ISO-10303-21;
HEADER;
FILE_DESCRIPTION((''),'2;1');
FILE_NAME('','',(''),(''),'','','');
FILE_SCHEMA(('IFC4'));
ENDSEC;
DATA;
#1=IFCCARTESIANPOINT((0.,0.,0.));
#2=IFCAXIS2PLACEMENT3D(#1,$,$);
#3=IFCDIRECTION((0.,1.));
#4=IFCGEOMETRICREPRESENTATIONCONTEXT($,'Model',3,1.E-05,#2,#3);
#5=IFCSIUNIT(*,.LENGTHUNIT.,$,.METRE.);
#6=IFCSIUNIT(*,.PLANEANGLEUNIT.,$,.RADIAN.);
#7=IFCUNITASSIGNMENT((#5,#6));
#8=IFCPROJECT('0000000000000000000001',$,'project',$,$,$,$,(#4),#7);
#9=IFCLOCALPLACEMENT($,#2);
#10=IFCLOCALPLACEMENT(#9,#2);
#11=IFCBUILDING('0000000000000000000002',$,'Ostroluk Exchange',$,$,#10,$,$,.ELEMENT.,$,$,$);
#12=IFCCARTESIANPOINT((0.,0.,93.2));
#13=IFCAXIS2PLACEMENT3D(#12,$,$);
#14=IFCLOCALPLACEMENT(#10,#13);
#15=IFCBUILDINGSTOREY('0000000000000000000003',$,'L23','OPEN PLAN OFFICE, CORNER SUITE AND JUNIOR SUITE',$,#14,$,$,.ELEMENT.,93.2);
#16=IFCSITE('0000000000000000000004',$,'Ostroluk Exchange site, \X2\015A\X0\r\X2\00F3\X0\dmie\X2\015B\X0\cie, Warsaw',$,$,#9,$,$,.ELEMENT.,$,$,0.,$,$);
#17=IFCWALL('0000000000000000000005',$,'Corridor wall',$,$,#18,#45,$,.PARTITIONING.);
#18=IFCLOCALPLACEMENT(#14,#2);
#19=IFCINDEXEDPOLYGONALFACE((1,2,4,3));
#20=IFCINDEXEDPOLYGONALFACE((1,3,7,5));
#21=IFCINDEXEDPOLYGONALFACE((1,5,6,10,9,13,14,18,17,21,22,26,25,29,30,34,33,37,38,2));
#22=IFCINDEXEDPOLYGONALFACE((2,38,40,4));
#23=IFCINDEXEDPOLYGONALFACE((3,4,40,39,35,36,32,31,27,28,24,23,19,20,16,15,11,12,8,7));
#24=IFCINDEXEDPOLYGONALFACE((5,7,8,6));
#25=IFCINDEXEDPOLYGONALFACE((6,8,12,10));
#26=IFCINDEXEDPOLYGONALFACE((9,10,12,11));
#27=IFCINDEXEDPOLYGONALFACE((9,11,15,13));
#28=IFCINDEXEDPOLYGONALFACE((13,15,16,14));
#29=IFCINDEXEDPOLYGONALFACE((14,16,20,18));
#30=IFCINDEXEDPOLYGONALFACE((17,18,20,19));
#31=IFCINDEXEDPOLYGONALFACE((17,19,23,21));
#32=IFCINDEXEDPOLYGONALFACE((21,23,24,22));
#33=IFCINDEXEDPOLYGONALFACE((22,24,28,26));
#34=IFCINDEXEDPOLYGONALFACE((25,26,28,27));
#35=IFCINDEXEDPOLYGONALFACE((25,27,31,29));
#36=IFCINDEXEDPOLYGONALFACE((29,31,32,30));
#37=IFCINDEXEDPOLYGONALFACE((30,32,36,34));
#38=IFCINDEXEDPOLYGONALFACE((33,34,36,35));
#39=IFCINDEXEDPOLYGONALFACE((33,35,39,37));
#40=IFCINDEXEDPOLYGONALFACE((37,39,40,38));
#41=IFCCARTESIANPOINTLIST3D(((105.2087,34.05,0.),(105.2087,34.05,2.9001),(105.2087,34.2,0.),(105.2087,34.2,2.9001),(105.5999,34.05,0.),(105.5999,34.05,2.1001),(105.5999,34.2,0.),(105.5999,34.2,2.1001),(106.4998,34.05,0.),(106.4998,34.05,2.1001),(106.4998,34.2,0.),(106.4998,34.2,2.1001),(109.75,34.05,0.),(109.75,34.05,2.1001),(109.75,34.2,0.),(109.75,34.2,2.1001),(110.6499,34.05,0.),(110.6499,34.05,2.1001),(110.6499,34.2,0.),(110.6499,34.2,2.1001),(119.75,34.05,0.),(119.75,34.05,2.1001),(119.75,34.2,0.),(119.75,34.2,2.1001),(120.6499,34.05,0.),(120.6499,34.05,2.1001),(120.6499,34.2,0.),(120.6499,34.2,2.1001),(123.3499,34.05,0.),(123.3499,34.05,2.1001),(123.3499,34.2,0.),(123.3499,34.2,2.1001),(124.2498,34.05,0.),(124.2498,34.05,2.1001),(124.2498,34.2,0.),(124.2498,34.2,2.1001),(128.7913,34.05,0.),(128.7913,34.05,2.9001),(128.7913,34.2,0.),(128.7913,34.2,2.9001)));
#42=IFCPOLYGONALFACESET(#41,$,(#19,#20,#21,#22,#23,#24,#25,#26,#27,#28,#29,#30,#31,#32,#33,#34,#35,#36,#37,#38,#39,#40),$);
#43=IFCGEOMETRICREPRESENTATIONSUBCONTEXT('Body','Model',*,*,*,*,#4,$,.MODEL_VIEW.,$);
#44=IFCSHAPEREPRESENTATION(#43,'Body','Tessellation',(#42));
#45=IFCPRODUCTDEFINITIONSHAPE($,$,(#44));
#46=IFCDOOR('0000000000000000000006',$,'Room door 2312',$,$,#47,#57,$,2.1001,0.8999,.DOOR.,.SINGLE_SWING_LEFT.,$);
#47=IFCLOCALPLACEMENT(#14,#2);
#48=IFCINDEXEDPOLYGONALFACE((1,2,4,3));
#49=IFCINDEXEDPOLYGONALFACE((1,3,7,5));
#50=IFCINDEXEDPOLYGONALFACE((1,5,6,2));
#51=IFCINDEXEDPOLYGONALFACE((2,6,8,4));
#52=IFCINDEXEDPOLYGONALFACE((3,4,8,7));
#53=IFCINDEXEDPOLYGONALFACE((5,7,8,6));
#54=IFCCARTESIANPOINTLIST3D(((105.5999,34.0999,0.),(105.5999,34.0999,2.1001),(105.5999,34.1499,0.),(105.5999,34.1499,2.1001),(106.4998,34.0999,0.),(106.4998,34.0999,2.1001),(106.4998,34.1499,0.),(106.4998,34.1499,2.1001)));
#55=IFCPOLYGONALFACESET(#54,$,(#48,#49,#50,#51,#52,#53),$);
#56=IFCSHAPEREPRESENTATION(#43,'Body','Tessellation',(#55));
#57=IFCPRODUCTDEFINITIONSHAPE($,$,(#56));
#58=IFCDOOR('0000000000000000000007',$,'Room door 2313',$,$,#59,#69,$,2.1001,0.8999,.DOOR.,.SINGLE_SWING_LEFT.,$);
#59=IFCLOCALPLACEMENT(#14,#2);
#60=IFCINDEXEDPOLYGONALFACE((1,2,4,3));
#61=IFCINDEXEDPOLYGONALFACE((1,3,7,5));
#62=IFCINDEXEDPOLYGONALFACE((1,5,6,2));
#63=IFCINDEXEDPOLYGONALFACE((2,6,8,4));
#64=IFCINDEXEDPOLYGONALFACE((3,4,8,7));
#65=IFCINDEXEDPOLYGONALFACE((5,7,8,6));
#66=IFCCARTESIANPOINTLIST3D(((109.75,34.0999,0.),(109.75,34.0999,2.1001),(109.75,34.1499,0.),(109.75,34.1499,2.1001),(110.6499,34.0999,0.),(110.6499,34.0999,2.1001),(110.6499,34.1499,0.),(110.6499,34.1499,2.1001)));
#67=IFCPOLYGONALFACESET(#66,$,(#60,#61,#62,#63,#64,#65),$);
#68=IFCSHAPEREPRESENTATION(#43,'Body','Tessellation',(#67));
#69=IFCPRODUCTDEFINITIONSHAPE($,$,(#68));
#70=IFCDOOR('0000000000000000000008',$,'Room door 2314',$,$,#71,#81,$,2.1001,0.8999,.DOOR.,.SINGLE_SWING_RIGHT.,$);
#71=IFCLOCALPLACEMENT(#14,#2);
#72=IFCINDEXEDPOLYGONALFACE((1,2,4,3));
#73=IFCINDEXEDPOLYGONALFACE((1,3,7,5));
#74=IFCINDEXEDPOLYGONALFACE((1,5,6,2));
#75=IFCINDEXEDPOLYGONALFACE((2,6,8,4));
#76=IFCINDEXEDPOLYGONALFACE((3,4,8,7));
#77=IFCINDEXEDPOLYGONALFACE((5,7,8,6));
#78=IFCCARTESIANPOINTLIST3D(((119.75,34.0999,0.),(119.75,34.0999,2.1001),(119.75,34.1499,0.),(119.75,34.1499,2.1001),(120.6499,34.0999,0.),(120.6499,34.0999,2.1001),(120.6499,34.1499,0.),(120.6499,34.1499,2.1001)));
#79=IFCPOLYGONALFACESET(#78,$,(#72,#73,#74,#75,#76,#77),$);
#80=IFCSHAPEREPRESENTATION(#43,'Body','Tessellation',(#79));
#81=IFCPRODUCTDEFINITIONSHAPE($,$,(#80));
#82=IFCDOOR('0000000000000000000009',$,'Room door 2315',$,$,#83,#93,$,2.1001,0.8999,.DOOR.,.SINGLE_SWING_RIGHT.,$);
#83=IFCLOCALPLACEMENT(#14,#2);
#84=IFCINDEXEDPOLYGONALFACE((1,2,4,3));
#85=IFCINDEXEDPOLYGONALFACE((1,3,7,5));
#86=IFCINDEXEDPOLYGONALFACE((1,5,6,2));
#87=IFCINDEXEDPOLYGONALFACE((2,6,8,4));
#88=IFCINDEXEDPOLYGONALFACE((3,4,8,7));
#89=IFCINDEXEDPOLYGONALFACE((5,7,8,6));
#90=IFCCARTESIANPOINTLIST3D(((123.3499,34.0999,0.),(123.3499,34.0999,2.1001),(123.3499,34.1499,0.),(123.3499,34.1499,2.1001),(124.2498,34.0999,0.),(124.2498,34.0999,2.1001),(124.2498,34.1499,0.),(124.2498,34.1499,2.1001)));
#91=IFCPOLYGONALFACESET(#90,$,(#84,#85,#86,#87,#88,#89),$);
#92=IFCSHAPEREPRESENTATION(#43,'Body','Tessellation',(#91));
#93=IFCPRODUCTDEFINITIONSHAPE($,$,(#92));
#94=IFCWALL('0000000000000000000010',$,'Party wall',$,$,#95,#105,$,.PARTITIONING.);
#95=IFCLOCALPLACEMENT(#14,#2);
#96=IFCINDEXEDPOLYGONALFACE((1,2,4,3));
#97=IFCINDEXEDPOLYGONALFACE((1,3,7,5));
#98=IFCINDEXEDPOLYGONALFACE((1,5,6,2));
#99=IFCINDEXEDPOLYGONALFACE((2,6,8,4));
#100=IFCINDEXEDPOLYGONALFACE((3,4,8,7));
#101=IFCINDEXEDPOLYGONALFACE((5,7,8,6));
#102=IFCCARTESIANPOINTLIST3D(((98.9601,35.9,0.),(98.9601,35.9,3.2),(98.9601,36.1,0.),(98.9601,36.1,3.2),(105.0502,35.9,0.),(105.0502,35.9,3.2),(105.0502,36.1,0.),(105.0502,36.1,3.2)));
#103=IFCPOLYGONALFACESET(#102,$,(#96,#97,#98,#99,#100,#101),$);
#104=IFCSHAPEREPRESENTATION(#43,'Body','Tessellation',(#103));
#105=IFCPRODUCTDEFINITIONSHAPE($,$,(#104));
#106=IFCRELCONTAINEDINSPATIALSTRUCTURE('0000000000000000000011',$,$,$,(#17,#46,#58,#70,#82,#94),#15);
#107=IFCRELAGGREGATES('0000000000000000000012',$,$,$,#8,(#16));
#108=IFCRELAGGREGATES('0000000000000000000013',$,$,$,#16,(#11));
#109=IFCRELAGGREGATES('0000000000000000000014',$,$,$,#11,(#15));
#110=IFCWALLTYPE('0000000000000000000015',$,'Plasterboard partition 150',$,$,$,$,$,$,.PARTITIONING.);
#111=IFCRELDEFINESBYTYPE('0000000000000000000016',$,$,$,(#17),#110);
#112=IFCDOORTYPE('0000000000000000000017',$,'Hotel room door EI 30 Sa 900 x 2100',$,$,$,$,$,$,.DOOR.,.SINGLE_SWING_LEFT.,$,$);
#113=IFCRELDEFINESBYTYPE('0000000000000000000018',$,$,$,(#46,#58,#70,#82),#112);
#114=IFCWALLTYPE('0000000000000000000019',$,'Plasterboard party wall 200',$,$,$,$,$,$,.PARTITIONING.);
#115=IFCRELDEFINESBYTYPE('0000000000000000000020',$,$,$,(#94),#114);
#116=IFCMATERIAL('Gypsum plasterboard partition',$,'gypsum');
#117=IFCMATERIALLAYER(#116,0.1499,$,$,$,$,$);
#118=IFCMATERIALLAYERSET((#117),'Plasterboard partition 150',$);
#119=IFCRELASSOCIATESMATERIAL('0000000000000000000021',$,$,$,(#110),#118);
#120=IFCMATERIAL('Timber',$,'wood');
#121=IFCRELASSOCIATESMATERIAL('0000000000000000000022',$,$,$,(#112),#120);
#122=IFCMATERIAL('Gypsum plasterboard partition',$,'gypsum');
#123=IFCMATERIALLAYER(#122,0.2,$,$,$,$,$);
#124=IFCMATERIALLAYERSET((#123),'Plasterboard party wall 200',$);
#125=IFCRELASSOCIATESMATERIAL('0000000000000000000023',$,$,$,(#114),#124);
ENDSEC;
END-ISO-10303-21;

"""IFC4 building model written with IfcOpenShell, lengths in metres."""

from ifc_helpers import new_model, si_unit, direction, frame, frame_2d, origin, place, context, subcontext, project, spatial, rectangle, extrude, material, layer, layer_set, type_object, element, fill, save


model = new_model("IFC4")

# Units and contexts
model_context = context("Model", 3, precision=1e-05, world=origin(), true_north=direction((0.0, 1.0)))
body_context = subcontext(model_context, "Body", "Model", "MODEL_VIEW")
ifc_project = project(units=[si_unit("LENGTHUNIT", "METRE"), si_unit("PLANEANGLEUNIT", "RADIAN")], contexts=[model_context])

# Site, building, storey
site_placement = place(None, origin())
site = spatial("IfcSite", under=ifc_project, at=site_placement, Name="Ostroluk Exchange site, Śródmieście, Warsaw", CompositionType="ELEMENT", RefElevation=0.0)
building_placement = place(site_placement, origin())
building = spatial("IfcBuilding", under=site, at=building_placement, Name="Ostroluk Exchange", CompositionType="ELEMENT")
storey_placement = place(building_placement, frame((0.0, 0.0, 93.2)))
storey = spatial("IfcBuildingStorey", under=building, at=storey_placement, Name="L23", Description="OPEN PLAN OFFICE, CORNER SUITE AND JUNIOR SUITE", CompositionType="ELEMENT", Elevation=93.2)

# Wall, openings, doors
ifc_material_1 = material(Name="Gypsum plasterboard partition", Category="gypsum")
ifc_layer_1 = layer(ifc_material_1, 0.1499)
ifc_layer_set_1 = layer_set([ifc_layer_1], Name="Plasterboard partition 150")
wall_type_1 = type_object("IfcWallType", Name="Plasterboard partition 150", PredefinedType="PARTITIONING", material=ifc_layer_set_1)
wall_1_placement = place(storey_placement, frame((105.2087, 34.125, 0.0), z_axis=(0.0, 0.0, 1.0), x_axis=(1.0, 0.0, 0.0)))
wall_1 = element("IfcWall", 1, at=wall_1_placement, inside=storey, type_object=wall_type_1, Name="Corridor wall", PredefinedType="PARTITIONING", context=body_context, shape_type="SweptSolid", body=[
    extrude(rectangle(XDim=23.5825, YDim=0.1499, at=frame_2d((11.7913, 0.0))), origin(), (0.0, 0.0, 1.0), 2.9001),
])
opening_1_placement = place(wall_1_placement, frame((0.3911, 0.0, 0.0)))
opening_1 = element("IfcOpeningElement", 2, at=opening_1_placement, cuts=wall_1, PredefinedType="OPENING", context=body_context, shape_type="SweptSolid", body=[
    extrude(rectangle(XDim=0.8999, YDim=2.1001, at=frame_2d((0.45, 1.05))), frame((0.0, 0.085, 0.0), z_axis=(0.0, -1.0, 0.0), x_axis=(1.0, 0.0, 0.0)), (0.0, 0.0, 1.0), 0.1699),
])
opening_2_placement = place(wall_1_placement, frame((4.5413, 0.0, 0.0)))
opening_2 = element("IfcOpeningElement", 3, at=opening_2_placement, cuts=wall_1, PredefinedType="OPENING", context=body_context, shape_type="SweptSolid", body=[
    extrude(rectangle(XDim=0.8999, YDim=2.1001, at=frame_2d((0.45, 1.05))), frame((0.0, 0.085, 0.0), z_axis=(0.0, -1.0, 0.0), x_axis=(1.0, 0.0, 0.0)), (0.0, 0.0, 1.0), 0.1699),
])
opening_3_placement = place(wall_1_placement, frame((14.5413, 0.0, 0.0)))
opening_3 = element("IfcOpeningElement", 4, at=opening_3_placement, cuts=wall_1, PredefinedType="OPENING", context=body_context, shape_type="SweptSolid", body=[
    extrude(rectangle(XDim=0.8999, YDim=2.1001, at=frame_2d((0.45, 1.05))), frame((0.0, 0.085, 0.0), z_axis=(0.0, -1.0, 0.0), x_axis=(1.0, 0.0, 0.0)), (0.0, 0.0, 1.0), 0.1699),
])
opening_4_placement = place(wall_1_placement, frame((18.1411, 0.0, 0.0)))
opening_4 = element("IfcOpeningElement", 5, at=opening_4_placement, cuts=wall_1, PredefinedType="OPENING", context=body_context, shape_type="SweptSolid", body=[
    extrude(rectangle(XDim=0.8999, YDim=2.1001, at=frame_2d((0.45, 1.05))), frame((0.0, 0.085, 0.0), z_axis=(0.0, -1.0, 0.0), x_axis=(1.0, 0.0, 0.0)), (0.0, 0.0, 1.0), 0.1699),
])
ifc_material_2 = material(Name="Timber", Category="wood")
door_type_1 = type_object("IfcDoorType", Name="Hotel room door EI 30 Sa 900 x 2100", OperationType="SINGLE_SWING_LEFT", PredefinedType="DOOR", material=ifc_material_2)
door_1_placement = place(opening_1_placement, origin())
door_1 = element("IfcDoor", 6, at=door_1_placement, inside=storey, type_object=door_type_1, Name="Room door 2312", OperationType="SINGLE_SWING_LEFT", OverallHeight=2.1001, OverallWidth=0.8999, PredefinedType="DOOR", context=body_context, shape_type="SweptSolid", body=[
    extrude(rectangle(XDim=0.8999, YDim=2.1001, at=frame_2d((0.45, 1.05))), frame((0.0, 0.0249, 0.0), z_axis=(0.0, -1.0, 0.0), x_axis=(1.0, 0.0, 0.0)), (0.0, 0.0, 1.0), 0.05),
])
fill(opening_1, door_1)
door_2_placement = place(opening_2_placement, origin())
door_2 = element("IfcDoor", 7, at=door_2_placement, inside=storey, type_object=door_type_1, Name="Room door 2313", OperationType="SINGLE_SWING_LEFT", OverallHeight=2.1001, OverallWidth=0.8999, PredefinedType="DOOR", context=body_context, shape_type="SweptSolid", body=[
    extrude(rectangle(XDim=0.8999, YDim=2.1001, at=frame_2d((0.45, 1.05))), frame((0.0, 0.0249, 0.0), z_axis=(0.0, -1.0, 0.0), x_axis=(1.0, 0.0, 0.0)), (0.0, 0.0, 1.0), 0.05),
])
fill(opening_2, door_2)
door_3_placement = place(opening_3_placement, origin())
door_3 = element("IfcDoor", 8, at=door_3_placement, inside=storey, type_object=door_type_1, Name="Room door 2314", OperationType="SINGLE_SWING_RIGHT", OverallHeight=2.1001, OverallWidth=0.8999, PredefinedType="DOOR", context=body_context, shape_type="SweptSolid", body=[
    extrude(rectangle(XDim=0.8999, YDim=2.1001, at=frame_2d((0.45, 1.05))), frame((0.0, 0.0249, 0.0), z_axis=(0.0, -1.0, 0.0), x_axis=(1.0, 0.0, 0.0)), (0.0, 0.0, 1.0), 0.05),
])
fill(opening_3, door_3)
door_4_placement = place(opening_4_placement, origin())
door_4 = element("IfcDoor", 9, at=door_4_placement, inside=storey, type_object=door_type_1, Name="Room door 2315", OperationType="SINGLE_SWING_RIGHT", OverallHeight=2.1001, OverallWidth=0.8999, PredefinedType="DOOR", context=body_context, shape_type="SweptSolid", body=[
    extrude(rectangle(XDim=0.8999, YDim=2.1001, at=frame_2d((0.45, 1.05))), frame((0.0, 0.0249, 0.0), z_axis=(0.0, -1.0, 0.0), x_axis=(1.0, 0.0, 0.0)), (0.0, 0.0, 1.0), 0.05),
])
fill(opening_4, door_4)

# Wall
ifc_material_3 = material(Name="Gypsum plasterboard partition", Category="gypsum")
ifc_layer_2 = layer(ifc_material_3, 0.2)
ifc_layer_set_2 = layer_set([ifc_layer_2], Name="Plasterboard party wall 200")
wall_type_2 = type_object("IfcWallType", Name="Plasterboard party wall 200", PredefinedType="PARTITIONING", material=ifc_layer_set_2)
wall_2_placement = place(storey_placement, frame((105.05, 36.0, 0.0), z_axis=(0.0, 0.0, 1.0), x_axis=(-1.0, 0.0, 0.0)))
element("IfcWall", 10, at=wall_2_placement, inside=storey, type_object=wall_type_2, Name="Party wall", PredefinedType="PARTITIONING", context=body_context, shape_type="SweptSolid", body=[
    extrude(rectangle(XDim=6.0901, YDim=0.2, at=frame_2d((3.0449, 0.0))), origin(), (0.0, 0.0, 1.0), 3.2),
])

save(model, "model.ifc")
